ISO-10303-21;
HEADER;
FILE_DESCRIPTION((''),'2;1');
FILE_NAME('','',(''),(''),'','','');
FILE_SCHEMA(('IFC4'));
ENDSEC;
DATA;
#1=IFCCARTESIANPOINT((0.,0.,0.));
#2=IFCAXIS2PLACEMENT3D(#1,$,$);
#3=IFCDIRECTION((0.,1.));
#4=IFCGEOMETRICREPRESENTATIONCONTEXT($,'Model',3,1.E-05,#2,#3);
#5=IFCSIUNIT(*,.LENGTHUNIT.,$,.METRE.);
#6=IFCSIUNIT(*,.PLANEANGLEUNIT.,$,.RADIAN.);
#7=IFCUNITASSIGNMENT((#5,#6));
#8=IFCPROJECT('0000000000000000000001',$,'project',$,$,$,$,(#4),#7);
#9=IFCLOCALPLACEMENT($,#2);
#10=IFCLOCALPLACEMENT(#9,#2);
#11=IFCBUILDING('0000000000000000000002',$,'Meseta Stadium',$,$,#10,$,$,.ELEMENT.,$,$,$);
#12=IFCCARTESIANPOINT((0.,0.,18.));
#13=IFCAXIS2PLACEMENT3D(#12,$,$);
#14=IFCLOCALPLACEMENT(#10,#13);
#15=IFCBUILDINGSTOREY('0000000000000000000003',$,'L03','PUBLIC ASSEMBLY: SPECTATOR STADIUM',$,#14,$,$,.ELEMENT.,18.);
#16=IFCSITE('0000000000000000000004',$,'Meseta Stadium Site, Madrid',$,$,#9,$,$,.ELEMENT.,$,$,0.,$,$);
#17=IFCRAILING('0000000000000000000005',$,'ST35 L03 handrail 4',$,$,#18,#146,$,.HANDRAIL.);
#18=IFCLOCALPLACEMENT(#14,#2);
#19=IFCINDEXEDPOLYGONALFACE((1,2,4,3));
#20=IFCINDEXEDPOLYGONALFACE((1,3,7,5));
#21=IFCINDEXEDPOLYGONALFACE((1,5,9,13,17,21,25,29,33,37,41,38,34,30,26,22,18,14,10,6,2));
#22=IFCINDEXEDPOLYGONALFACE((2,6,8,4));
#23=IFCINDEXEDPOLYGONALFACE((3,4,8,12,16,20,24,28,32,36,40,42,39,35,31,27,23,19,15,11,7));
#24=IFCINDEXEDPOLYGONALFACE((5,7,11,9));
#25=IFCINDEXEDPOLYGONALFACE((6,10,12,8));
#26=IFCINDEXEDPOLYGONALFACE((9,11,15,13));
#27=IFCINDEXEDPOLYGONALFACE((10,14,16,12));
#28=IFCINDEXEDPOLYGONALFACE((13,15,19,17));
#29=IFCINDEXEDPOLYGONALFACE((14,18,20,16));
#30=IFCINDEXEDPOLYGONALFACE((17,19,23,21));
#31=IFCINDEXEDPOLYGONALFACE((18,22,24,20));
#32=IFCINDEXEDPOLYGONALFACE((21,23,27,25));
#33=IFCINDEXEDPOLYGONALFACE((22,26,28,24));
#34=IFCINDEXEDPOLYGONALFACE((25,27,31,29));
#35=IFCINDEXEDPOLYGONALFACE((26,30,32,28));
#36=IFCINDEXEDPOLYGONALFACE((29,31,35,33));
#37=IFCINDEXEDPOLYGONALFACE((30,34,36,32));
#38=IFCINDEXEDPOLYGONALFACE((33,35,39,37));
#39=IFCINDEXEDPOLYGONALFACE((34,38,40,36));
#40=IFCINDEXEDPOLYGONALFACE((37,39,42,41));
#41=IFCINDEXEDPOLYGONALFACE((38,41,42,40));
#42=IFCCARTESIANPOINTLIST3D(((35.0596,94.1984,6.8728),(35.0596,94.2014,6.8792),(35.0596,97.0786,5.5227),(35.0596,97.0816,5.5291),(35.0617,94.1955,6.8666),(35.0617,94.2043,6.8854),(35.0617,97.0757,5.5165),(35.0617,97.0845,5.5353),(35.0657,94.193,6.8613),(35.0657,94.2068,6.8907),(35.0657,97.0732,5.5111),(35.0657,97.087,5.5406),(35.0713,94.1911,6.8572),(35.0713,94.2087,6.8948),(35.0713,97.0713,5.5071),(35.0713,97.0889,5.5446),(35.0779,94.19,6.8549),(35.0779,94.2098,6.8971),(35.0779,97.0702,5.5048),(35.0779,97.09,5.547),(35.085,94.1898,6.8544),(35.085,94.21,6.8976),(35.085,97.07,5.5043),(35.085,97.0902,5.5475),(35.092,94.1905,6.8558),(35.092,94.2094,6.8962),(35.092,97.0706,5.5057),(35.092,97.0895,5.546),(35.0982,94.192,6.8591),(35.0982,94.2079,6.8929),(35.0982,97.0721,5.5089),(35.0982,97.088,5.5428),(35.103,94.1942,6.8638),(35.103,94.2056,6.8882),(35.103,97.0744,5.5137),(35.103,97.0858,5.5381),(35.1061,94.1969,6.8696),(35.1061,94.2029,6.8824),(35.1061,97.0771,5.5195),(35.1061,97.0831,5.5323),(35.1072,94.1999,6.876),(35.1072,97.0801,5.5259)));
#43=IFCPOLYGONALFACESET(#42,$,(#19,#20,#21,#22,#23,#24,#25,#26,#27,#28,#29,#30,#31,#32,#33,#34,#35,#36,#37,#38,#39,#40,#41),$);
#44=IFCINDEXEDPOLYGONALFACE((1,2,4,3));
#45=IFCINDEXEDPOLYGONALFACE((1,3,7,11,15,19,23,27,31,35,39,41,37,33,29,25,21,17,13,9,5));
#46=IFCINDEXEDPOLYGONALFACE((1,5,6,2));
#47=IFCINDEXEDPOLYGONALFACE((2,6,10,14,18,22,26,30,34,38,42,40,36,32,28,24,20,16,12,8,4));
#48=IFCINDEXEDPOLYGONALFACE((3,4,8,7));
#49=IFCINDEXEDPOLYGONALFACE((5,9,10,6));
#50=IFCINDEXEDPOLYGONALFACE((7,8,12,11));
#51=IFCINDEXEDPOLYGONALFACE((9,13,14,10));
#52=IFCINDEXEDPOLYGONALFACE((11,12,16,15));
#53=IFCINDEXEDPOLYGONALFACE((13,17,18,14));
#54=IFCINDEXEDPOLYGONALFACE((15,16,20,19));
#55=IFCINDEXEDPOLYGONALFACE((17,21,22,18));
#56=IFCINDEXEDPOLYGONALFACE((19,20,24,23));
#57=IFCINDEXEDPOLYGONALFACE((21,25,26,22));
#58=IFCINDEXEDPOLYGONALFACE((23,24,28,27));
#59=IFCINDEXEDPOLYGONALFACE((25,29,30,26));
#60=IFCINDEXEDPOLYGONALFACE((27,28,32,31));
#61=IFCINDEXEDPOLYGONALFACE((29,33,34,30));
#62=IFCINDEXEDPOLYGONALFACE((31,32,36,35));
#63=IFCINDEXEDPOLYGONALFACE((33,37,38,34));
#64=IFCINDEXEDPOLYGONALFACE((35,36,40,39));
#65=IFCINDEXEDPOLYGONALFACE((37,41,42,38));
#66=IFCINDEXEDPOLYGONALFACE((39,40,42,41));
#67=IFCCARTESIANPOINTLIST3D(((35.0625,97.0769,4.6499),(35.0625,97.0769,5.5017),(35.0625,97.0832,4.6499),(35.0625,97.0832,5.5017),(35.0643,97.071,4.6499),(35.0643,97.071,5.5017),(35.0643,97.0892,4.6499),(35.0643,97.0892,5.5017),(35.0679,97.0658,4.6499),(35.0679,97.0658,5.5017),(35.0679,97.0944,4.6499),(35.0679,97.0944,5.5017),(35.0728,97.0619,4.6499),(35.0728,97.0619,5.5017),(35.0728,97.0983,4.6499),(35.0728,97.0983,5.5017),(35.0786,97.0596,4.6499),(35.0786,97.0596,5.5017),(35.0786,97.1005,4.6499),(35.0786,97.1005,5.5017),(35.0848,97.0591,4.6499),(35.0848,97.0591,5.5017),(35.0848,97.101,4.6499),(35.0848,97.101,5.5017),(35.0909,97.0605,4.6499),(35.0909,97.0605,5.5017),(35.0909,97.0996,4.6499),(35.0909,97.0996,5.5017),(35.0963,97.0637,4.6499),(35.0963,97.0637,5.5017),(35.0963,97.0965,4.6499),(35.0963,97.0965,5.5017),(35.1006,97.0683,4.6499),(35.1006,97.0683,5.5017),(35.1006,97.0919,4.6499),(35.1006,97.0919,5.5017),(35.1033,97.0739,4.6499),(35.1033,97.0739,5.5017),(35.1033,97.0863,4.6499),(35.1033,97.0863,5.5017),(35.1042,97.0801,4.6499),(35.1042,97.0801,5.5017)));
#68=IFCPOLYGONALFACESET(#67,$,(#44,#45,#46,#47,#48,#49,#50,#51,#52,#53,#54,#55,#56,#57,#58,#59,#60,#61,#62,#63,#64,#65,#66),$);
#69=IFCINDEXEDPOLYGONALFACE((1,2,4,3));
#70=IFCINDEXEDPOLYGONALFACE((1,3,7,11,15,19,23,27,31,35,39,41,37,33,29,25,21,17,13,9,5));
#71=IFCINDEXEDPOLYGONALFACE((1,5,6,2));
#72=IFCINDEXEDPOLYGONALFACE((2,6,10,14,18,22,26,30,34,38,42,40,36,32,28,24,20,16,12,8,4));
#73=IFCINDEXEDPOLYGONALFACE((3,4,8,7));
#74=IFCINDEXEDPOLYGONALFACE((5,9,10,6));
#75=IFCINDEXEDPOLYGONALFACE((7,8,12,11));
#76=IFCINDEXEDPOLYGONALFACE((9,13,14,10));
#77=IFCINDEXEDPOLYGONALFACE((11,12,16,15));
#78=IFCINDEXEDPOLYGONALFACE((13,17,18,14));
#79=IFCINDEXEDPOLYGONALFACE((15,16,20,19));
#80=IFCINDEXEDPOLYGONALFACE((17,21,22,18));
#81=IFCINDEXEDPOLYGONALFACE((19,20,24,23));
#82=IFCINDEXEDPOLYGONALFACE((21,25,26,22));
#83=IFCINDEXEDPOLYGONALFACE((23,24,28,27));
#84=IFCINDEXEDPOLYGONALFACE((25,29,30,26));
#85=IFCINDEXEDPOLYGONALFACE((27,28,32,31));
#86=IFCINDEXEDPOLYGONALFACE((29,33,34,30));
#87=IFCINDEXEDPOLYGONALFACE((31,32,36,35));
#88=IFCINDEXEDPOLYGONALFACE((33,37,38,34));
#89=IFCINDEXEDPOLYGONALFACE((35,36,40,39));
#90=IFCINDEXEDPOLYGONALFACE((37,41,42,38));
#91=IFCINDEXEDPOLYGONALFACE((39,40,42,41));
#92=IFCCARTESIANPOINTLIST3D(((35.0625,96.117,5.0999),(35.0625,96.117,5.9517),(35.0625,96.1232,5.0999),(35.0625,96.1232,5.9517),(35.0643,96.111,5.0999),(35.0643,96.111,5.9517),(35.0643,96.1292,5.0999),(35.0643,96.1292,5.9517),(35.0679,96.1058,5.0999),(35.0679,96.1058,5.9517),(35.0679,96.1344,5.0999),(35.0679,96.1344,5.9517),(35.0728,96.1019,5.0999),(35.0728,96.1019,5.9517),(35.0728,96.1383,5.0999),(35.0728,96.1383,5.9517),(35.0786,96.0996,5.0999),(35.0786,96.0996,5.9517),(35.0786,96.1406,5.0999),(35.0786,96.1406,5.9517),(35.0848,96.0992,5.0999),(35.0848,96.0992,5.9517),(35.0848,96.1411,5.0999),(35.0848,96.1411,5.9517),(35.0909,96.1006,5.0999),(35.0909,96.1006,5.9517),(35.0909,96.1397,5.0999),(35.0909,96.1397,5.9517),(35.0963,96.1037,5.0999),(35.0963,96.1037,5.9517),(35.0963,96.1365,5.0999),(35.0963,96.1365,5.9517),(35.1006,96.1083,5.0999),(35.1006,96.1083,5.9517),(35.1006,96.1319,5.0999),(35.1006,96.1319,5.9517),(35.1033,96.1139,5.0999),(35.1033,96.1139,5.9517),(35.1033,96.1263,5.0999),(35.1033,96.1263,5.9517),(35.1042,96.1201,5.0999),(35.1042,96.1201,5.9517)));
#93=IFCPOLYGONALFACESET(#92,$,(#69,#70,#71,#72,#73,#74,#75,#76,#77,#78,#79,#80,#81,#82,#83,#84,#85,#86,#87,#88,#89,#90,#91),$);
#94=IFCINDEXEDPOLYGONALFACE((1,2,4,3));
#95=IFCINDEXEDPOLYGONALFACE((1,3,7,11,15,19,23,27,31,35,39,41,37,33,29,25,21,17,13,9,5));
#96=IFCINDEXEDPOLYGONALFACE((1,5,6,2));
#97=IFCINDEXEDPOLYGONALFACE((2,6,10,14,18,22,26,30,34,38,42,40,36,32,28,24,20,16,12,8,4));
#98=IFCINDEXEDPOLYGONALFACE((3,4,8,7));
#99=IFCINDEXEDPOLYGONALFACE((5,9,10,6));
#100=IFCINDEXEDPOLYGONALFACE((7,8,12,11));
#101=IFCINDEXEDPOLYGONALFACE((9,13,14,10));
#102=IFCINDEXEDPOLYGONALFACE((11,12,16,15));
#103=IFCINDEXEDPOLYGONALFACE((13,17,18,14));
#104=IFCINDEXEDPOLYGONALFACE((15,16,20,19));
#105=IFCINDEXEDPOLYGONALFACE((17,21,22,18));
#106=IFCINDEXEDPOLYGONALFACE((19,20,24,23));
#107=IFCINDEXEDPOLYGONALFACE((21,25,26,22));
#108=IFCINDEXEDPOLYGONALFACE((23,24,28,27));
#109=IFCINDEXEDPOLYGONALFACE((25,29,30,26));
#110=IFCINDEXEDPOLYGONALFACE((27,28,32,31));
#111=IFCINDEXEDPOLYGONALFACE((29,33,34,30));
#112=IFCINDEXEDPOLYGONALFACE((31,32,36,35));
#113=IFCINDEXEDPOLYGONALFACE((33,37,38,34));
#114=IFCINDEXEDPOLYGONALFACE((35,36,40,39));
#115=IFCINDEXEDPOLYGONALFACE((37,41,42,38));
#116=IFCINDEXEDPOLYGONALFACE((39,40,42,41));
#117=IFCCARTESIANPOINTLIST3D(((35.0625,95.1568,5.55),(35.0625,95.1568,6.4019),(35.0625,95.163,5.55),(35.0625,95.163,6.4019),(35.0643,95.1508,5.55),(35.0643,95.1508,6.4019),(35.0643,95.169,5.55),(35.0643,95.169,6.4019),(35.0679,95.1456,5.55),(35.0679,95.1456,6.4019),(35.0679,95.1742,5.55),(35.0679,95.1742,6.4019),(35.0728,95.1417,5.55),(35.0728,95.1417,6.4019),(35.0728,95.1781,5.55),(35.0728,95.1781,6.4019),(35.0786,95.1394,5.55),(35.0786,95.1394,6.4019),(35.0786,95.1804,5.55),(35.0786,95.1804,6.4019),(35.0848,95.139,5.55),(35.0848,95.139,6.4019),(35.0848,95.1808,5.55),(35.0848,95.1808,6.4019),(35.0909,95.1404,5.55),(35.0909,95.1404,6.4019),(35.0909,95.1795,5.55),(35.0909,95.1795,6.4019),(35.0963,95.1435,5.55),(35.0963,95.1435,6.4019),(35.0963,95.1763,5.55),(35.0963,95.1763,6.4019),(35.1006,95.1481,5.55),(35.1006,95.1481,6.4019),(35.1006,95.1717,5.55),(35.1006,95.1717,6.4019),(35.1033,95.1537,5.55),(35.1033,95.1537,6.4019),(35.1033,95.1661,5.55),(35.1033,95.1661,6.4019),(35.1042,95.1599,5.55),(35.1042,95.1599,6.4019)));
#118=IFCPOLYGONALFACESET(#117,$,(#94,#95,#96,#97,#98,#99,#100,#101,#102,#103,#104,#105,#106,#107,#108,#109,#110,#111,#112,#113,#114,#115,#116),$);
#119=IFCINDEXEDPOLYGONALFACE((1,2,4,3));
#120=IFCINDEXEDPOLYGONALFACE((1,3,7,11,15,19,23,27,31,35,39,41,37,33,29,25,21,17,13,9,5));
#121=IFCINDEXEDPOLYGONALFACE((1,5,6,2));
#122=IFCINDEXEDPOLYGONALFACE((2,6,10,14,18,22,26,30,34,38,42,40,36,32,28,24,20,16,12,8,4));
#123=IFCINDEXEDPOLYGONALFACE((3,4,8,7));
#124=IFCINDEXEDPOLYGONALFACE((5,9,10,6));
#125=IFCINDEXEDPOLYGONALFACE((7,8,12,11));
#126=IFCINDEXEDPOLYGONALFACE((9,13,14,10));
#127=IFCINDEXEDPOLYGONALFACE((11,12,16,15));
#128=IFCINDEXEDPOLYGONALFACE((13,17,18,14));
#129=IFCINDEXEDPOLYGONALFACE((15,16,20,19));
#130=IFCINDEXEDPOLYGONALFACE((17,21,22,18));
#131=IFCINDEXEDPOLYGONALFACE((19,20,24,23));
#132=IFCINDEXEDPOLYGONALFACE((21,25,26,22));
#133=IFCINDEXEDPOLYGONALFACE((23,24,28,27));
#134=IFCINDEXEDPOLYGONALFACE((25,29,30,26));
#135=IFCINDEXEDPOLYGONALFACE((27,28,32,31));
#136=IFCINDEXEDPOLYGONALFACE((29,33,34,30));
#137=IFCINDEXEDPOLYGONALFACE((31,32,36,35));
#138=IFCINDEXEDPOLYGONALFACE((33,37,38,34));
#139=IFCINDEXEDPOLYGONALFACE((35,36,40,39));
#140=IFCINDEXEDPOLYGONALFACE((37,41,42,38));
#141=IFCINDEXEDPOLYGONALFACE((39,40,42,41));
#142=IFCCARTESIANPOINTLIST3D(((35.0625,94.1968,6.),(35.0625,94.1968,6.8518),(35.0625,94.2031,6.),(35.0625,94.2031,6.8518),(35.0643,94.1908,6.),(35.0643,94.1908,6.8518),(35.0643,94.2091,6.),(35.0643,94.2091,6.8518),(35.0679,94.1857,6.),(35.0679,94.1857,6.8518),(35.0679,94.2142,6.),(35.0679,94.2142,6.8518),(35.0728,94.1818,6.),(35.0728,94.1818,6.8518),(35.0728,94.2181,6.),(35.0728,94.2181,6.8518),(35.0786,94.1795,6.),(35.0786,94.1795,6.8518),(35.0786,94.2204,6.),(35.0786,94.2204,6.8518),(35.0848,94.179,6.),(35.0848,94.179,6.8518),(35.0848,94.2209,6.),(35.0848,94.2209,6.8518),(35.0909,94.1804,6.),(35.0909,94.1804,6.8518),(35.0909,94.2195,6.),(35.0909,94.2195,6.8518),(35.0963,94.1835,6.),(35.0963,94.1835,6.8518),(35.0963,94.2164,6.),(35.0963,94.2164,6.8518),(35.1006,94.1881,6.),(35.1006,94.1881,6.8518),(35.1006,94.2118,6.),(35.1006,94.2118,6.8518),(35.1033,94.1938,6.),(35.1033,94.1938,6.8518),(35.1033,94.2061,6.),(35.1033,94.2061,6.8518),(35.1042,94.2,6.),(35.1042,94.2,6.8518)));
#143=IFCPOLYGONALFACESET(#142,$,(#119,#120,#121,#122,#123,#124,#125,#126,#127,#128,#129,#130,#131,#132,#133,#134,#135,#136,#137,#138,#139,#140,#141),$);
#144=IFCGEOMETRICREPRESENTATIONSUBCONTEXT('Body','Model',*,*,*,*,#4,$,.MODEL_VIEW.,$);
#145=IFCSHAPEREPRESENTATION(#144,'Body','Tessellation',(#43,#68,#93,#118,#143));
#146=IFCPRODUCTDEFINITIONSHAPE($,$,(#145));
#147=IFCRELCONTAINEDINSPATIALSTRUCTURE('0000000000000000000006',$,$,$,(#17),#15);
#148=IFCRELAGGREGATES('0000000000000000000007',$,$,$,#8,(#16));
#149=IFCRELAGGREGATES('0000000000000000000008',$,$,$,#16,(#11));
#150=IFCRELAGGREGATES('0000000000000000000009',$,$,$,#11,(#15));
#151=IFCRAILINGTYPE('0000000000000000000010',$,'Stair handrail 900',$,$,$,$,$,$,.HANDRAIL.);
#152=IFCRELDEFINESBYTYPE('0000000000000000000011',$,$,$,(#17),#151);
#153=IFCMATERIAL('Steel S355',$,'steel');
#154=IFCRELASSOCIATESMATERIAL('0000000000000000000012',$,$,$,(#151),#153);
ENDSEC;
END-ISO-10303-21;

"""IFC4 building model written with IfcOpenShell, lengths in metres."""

from ifc_helpers import new_model, si_unit, direction, frame, origin, origin_2d, place, context, subcontext, project, spatial, circle, extrude, material, type_object, element, save


model = new_model("IFC4")

# Units and contexts
model_context = context("Model", 3, precision=1e-05, world=origin(), true_north=direction((0.0, 1.0)))
body_context = subcontext(model_context, "Body", "Model", "MODEL_VIEW")
ifc_project = project(units=[si_unit("LENGTHUNIT", "METRE"), si_unit("PLANEANGLEUNIT", "RADIAN")], contexts=[model_context])

# Site, building, storey
site_placement = place(None, origin())
site = spatial("IfcSite", under=ifc_project, at=site_placement, Name="Meseta Stadium Site, Madrid", CompositionType="ELEMENT", RefElevation=0.0)
building_placement = place(site_placement, origin())
building = spatial("IfcBuilding", under=site, at=building_placement, Name="Meseta Stadium", CompositionType="ELEMENT")
storey_placement = place(building_placement, frame((0.0, 0.0, 18.0)))
storey = spatial("IfcBuildingStorey", under=building, at=storey_placement, Name="L03", Description="PUBLIC ASSEMBLY: SPECTATOR STADIUM", CompositionType="ELEMENT", Elevation=18.0)

# Railing
ifc_material_1 = material(Name="Steel S355", Category="steel")
railing_type_1 = type_object("IfcRailingType", Name="Stair handrail 900", PredefinedType="HANDRAIL", material=ifc_material_1)
railing_1_placement = place(storey_placement, frame((35.0833, 97.0801, 4.6499)))
element("IfcRailing", 1, at=railing_1_placement, inside=storey, type_object=railing_type_1, Name="ST35 L03 handrail 4", PredefinedType="HANDRAIL", context=body_context, shape_type="SweptSolid", body=[
    extrude(circle(Radius=0.0239, at=origin_2d()), frame((0.0, 0.0, 0.876), z_axis=(0.0, -0.905454, 0.424444), x_axis=(1.0, 0.0, 0.0)), (0.0, 0.0, 1.0), 3.1809),
    extrude(circle(Radius=0.021, at=origin_2d()), origin(), (0.0, 0.0, 1.0), 0.8518),
    extrude(circle(Radius=0.021, at=origin_2d()), frame((0.0, -0.96, 0.45)), (0.0, 0.0, 1.0), 0.8518),
    extrude(circle(Radius=0.021, at=origin_2d()), frame((0.0, -1.9202, 0.9001)), (0.0, 0.0, 1.0), 0.8518),
    extrude(circle(Radius=0.021, at=origin_2d()), frame((0.0, -2.8801, 1.3501)), (0.0, 0.0, 1.0), 0.8518),
])

save(model, "model.ifc")
